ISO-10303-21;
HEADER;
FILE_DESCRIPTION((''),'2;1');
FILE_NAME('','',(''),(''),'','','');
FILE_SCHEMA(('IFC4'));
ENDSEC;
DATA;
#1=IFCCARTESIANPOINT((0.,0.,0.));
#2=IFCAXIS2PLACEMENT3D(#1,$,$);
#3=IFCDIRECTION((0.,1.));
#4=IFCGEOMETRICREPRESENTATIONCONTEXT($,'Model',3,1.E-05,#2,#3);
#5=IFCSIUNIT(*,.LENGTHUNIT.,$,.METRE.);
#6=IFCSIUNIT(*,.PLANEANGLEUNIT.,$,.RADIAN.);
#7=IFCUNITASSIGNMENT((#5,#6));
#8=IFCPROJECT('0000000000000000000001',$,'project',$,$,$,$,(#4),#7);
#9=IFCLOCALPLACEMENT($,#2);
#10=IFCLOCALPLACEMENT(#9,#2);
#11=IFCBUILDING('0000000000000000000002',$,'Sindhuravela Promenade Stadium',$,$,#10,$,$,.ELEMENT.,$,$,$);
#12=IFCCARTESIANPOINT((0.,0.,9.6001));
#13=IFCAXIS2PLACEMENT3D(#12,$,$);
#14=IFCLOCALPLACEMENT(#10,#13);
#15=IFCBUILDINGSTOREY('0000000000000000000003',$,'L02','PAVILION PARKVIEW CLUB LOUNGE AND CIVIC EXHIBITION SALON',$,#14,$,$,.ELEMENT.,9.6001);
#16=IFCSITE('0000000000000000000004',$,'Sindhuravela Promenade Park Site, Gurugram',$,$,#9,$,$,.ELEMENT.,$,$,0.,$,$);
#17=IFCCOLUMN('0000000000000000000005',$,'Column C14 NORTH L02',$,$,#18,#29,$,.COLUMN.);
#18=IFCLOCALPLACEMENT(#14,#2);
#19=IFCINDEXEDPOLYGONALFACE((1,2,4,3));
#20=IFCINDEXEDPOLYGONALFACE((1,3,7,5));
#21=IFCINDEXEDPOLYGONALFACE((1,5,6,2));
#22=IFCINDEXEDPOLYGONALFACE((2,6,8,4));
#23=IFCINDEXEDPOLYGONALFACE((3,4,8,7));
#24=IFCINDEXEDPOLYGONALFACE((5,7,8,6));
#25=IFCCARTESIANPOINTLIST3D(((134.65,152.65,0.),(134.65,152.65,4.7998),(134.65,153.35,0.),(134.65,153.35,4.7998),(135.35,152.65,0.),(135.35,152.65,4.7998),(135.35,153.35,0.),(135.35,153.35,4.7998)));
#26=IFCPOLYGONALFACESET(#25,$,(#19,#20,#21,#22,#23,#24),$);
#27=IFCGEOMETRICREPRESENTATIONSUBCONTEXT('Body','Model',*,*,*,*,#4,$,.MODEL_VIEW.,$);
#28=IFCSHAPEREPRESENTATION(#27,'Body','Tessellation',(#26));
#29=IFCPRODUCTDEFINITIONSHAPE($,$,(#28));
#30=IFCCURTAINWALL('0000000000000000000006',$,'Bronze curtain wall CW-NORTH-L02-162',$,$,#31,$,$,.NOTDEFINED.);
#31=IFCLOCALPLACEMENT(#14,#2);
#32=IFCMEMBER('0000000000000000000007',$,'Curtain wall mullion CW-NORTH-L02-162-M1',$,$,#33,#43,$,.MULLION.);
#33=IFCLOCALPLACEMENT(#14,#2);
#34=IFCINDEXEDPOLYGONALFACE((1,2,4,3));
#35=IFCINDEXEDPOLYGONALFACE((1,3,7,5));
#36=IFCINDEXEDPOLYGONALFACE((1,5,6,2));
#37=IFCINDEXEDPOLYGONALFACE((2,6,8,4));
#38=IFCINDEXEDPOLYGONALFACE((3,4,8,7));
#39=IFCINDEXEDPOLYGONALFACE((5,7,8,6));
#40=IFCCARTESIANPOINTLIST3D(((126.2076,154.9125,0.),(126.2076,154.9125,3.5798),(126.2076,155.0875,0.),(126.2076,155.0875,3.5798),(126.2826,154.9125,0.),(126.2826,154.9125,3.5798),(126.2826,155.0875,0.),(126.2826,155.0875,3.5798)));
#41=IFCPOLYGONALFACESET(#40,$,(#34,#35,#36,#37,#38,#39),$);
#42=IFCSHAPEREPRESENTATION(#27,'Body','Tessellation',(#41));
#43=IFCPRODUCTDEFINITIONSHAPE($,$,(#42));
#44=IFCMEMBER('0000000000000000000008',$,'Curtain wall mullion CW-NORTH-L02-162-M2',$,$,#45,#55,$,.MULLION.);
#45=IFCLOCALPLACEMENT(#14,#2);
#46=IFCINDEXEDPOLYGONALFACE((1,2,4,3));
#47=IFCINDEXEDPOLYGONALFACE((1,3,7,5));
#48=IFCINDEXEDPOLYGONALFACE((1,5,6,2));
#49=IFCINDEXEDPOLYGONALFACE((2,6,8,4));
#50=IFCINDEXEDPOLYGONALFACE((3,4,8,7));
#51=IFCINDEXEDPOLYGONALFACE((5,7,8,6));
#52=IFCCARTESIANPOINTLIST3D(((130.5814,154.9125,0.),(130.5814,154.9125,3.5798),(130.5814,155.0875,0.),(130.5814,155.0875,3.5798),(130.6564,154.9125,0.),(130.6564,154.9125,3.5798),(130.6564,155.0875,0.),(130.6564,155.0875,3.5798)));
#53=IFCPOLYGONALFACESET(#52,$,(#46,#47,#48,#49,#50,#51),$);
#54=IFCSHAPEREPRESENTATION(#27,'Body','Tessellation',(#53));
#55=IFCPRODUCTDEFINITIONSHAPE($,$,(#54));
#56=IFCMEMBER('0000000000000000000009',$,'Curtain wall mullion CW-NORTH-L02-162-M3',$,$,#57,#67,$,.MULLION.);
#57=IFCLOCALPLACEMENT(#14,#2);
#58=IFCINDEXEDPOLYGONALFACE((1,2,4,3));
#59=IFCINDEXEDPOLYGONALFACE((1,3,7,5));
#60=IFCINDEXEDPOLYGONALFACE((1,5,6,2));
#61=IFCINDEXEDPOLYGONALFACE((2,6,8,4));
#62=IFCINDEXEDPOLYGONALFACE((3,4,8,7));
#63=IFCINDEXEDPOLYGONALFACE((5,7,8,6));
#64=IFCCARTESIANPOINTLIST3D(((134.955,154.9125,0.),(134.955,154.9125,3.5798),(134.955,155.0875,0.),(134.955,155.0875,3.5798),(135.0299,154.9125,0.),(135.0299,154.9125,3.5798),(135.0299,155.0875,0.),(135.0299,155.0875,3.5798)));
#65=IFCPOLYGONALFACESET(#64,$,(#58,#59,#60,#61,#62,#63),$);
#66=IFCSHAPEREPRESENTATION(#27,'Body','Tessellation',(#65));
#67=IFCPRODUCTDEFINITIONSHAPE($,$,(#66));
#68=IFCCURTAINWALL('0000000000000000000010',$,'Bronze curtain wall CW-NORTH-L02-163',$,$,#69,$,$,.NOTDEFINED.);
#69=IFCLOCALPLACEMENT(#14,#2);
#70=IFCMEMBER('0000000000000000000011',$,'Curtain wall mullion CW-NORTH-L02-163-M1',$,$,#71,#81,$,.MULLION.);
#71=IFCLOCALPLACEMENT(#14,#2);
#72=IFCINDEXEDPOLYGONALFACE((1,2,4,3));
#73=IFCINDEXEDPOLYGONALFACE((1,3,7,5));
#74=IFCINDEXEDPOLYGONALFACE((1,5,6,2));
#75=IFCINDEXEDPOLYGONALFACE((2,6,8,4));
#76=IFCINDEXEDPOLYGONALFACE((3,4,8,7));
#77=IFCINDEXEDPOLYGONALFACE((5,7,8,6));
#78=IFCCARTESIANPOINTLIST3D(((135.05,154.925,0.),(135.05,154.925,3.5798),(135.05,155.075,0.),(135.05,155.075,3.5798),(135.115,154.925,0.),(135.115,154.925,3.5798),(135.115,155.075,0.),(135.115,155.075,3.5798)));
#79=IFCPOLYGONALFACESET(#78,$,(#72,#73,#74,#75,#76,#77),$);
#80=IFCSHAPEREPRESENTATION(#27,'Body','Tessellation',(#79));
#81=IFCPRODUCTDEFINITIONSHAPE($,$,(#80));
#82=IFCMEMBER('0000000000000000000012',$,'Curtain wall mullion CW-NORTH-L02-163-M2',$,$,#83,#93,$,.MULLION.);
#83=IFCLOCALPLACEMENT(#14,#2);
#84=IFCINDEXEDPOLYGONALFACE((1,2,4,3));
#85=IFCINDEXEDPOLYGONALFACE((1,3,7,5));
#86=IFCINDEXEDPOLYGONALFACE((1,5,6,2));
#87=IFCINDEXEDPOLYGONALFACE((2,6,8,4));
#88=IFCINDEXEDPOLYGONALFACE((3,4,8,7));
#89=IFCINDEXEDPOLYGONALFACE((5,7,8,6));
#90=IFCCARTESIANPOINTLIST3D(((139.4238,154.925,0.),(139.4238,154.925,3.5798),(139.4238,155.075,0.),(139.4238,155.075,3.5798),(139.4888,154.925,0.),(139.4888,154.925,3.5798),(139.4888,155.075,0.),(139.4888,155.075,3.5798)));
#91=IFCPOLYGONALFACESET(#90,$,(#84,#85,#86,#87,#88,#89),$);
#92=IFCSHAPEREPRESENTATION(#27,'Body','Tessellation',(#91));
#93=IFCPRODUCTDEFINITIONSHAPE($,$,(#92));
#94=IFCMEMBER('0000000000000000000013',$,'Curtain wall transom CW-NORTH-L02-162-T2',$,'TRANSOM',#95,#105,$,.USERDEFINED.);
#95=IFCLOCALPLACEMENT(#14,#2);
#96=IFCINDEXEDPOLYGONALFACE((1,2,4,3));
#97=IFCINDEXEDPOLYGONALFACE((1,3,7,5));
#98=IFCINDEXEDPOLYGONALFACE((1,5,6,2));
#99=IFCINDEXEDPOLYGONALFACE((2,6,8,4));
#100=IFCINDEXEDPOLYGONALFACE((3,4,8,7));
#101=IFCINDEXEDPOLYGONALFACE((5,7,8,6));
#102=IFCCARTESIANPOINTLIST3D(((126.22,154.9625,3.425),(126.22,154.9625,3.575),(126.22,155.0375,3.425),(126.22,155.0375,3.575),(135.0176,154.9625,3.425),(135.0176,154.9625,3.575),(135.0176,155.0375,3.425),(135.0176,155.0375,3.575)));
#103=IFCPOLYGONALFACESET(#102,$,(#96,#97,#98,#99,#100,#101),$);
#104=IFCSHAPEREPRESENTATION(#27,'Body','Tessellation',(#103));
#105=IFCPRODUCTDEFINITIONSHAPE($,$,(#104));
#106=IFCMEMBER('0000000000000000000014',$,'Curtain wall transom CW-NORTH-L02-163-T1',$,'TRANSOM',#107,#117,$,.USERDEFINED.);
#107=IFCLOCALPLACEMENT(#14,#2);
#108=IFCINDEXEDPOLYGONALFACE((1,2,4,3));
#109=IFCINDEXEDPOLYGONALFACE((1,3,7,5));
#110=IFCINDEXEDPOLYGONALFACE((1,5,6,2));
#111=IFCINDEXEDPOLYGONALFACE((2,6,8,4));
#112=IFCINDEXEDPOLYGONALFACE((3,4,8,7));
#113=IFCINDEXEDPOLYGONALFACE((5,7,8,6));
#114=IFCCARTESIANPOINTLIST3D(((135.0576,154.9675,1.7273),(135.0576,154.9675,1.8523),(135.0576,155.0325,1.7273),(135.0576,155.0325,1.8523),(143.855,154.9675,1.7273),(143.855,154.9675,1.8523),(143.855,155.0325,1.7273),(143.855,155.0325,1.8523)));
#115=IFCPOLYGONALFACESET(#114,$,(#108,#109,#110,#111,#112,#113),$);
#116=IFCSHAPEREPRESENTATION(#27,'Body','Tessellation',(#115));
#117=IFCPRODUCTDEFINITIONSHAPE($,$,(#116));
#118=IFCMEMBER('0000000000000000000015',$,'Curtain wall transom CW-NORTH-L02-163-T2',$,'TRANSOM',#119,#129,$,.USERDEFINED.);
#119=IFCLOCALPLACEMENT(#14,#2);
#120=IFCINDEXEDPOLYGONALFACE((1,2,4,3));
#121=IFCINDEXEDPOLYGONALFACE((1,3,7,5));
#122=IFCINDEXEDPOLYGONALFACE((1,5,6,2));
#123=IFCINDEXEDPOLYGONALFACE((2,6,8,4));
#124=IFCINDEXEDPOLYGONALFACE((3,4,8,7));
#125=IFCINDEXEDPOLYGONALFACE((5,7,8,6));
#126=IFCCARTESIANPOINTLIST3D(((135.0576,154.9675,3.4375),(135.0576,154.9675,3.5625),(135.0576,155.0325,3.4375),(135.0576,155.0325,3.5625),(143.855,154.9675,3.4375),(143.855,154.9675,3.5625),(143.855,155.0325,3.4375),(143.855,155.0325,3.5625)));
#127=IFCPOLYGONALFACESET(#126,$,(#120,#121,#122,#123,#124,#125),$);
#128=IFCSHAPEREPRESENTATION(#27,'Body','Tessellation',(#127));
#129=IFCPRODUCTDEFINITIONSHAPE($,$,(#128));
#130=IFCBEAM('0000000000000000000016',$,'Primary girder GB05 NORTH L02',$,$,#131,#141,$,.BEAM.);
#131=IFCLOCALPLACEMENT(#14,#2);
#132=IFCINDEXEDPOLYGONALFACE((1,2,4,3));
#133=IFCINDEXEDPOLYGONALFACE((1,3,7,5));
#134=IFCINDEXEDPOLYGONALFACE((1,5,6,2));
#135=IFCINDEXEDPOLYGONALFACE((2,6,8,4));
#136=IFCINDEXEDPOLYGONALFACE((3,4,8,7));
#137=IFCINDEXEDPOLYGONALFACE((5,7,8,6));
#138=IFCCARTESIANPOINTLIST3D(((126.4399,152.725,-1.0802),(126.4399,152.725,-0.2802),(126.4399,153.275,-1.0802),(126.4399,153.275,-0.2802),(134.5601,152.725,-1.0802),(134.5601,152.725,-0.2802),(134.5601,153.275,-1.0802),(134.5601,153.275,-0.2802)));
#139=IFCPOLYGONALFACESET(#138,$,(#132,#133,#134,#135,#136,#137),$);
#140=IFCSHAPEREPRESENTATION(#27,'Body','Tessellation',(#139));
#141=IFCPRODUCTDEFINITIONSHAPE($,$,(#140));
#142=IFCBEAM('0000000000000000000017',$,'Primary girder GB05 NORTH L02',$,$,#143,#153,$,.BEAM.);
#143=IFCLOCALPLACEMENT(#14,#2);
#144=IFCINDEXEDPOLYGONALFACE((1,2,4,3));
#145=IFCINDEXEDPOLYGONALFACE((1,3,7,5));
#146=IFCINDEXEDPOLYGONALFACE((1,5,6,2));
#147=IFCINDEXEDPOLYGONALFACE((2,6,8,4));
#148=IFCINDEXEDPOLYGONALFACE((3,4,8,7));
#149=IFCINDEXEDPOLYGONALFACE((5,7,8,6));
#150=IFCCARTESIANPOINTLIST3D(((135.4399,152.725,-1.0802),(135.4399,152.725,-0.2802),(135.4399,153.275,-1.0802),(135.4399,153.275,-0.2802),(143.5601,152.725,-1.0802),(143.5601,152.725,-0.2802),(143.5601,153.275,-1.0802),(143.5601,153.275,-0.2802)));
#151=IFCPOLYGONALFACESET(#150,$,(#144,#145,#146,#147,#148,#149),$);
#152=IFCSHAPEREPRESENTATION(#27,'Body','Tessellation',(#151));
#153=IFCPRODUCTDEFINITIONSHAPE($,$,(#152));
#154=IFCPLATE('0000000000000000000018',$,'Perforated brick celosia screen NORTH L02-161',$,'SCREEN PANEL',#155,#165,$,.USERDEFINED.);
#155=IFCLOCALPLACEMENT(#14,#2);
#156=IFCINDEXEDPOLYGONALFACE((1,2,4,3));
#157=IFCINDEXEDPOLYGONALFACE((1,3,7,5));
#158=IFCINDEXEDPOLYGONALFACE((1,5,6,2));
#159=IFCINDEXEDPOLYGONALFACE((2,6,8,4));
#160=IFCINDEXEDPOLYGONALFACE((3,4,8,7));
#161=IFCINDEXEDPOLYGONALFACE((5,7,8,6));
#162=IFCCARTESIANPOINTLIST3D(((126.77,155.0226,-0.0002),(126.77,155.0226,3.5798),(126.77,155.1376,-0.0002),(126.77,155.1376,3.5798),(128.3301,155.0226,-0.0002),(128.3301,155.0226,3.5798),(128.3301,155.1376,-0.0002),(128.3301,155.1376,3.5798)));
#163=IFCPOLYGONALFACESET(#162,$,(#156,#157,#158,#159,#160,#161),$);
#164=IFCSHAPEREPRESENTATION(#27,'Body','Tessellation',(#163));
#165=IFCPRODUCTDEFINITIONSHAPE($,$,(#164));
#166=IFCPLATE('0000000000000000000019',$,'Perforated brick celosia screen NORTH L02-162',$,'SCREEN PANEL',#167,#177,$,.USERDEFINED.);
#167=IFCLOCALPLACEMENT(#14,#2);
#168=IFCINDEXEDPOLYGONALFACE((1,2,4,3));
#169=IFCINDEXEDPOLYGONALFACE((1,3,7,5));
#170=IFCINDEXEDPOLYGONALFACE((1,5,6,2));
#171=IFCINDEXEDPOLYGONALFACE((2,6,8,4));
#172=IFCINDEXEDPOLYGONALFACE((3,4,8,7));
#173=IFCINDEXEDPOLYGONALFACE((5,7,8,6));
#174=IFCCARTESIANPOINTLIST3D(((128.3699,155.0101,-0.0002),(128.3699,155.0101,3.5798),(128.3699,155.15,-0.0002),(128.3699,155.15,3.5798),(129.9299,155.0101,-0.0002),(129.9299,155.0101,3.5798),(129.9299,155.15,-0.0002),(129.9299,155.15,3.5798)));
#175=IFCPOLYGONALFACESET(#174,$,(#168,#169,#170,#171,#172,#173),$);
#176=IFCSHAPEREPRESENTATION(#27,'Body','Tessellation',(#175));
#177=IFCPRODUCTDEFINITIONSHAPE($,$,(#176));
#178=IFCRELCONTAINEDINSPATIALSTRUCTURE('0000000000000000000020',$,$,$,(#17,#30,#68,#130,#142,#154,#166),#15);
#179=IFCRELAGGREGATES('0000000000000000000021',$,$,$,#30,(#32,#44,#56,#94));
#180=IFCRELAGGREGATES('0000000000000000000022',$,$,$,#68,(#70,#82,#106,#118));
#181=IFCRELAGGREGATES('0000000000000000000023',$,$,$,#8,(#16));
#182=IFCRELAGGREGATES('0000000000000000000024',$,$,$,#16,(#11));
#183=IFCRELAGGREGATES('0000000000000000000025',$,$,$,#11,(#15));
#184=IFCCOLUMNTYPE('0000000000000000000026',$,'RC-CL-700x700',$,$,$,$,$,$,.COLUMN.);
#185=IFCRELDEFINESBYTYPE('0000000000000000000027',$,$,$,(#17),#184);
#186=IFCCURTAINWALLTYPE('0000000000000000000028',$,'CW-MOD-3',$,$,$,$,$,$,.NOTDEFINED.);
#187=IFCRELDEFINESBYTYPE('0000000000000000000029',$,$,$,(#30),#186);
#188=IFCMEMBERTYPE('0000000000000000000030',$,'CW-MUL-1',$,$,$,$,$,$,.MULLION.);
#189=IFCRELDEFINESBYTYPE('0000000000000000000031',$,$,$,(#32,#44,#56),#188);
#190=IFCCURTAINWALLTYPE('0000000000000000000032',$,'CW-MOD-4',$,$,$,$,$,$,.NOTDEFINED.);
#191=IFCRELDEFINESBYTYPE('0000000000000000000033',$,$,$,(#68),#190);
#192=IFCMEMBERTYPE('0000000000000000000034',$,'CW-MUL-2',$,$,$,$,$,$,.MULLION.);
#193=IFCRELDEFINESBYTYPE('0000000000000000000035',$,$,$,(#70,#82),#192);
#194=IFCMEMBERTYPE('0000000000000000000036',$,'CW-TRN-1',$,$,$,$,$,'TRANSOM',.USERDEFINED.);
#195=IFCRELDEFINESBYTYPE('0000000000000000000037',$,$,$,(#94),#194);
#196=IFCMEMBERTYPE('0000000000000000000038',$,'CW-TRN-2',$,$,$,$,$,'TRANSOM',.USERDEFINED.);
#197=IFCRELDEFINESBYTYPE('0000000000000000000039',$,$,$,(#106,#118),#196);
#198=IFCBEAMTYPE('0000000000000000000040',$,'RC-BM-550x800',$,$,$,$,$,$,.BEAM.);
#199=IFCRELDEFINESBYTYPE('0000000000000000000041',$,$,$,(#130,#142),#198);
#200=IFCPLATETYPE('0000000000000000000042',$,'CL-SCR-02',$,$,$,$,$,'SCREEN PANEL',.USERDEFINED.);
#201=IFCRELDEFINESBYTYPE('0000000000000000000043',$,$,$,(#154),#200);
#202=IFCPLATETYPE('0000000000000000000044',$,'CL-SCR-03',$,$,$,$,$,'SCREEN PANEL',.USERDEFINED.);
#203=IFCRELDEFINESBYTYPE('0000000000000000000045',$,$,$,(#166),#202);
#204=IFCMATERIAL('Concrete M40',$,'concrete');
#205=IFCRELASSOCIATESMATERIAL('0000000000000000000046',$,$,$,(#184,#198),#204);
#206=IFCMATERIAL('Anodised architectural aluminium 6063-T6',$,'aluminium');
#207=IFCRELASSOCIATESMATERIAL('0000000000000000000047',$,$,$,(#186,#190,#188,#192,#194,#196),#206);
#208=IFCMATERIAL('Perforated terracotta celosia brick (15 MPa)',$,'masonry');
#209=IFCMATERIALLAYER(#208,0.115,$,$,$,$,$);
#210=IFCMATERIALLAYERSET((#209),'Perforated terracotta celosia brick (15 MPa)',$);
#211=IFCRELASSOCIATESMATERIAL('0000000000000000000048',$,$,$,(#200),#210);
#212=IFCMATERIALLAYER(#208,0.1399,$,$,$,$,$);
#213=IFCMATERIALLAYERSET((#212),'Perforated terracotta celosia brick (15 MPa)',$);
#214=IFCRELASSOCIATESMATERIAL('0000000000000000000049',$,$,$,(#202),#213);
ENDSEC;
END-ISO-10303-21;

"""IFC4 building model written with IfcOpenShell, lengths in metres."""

from ifc_helpers import new_model, si_unit, direction, frame, origin, origin_2d, place, context, subcontext, project, spatial, rectangle, extrude, material, layer, layer_set, material_profile, profile_set, type_object, element, aggregate, save


model = new_model("IFC4")

# Units and contexts
model_context = context("Model", 3, precision=1e-05, world=origin(), true_north=direction((0.0, 1.0)))
body_context = subcontext(model_context, "Body", "Model", "MODEL_VIEW")
ifc_project = project(units=[si_unit("LENGTHUNIT", "METRE"), si_unit("PLANEANGLEUNIT", "RADIAN")], contexts=[model_context])

# Site, building, storey
site_placement = place(None, origin())
site = spatial("IfcSite", under=ifc_project, at=site_placement, Name="Sindhuravela Promenade Park Site, Gurugram", CompositionType="ELEMENT", RefElevation=0.0)
building_placement = place(site_placement, origin())
building = spatial("IfcBuilding", under=site, at=building_placement, Name="Sindhuravela Promenade Stadium", CompositionType="ELEMENT")
storey_placement = place(building_placement, frame((0.0, 0.0, 9.6001)))
storey = spatial("IfcBuildingStorey", under=building, at=storey_placement, Name="L02", Description="PAVILION PARKVIEW CLUB LOUNGE AND CIVIC EXHIBITION SALON", CompositionType="ELEMENT", Elevation=9.6001)

# Column
ifc_material_1 = material(Name="Concrete M40", Category="concrete")
ifc_material_profile_1 = material_profile(ifc_material_1, rectangle(XDim=0.7, YDim=0.7, at=origin_2d()), Name="RC 700x700")
ifc_profile_set_1 = profile_set([ifc_material_profile_1], Name="Concrete M40")
column_type = type_object("IfcColumnType", Name="RC-CL-700x700", PredefinedType="COLUMN", material=ifc_profile_set_1)
column_placement = place(storey_placement, frame((135.0, 153.0, 0.0), z_axis=(0.0, 0.0, 1.0), x_axis=(1.0, 0.0, 0.0)))
element("IfcColumn", 1, at=column_placement, inside=storey, type_object=column_type, Name="Column C14 NORTH L02", PredefinedType="COLUMN", context=body_context, shape_type="SweptSolid", body=[
    extrude(rectangle(XDim=0.7, YDim=0.7, at=origin_2d()), origin(), (0.0, 0.0, 1.0), 4.7998),
])

# Curtain walls, members
ifc_material_2 = material(Name="Anodised architectural aluminium 6063-T6", Category="aluminium")
curtain_wall_type_1 = type_object("IfcCurtainWallType", Name="CW-MOD-3", PredefinedType="NOTDEFINED", material=ifc_material_2)
curtain_wall_1_placement = place(storey_placement, origin())
curtain_wall_1 = element("IfcCurtainWall", 2, at=curtain_wall_1_placement, inside=storey, type_object=curtain_wall_type_1, Name="Bronze curtain wall CW-NORTH-L02-162", PredefinedType="NOTDEFINED")
ifc_material_profile_2 = material_profile(ifc_material_2, rectangle(XDim=0.075, YDim=0.175, at=origin_2d()), Name="ALU MULL 75x175")
ifc_profile_set_2 = profile_set([ifc_material_profile_2], Name="Anodised architectural aluminium 6063-T6")
member_type_1 = type_object("IfcMemberType", Name="CW-MUL-1", PredefinedType="MULLION", material=ifc_profile_set_2)
member_1_placement = place(storey_placement, frame((126.2451, 155.0, 0.0), z_axis=(0.0, 0.0, 1.0), x_axis=(1.0, 0.0, 0.0)))
member_1 = element("IfcMember", 3, at=member_1_placement, type_object=member_type_1, Name="Curtain wall mullion CW-NORTH-L02-162-M1", PredefinedType="MULLION", context=body_context, shape_type="SweptSolid", body=[
    extrude(rectangle(XDim=0.075, YDim=0.175, at=origin_2d()), origin(), (0.0, 0.0, 1.0), 3.5798),
])
member_2_placement = place(storey_placement, frame((130.6189, 155.0, 0.0), z_axis=(0.0, 0.0, 1.0), x_axis=(1.0, 0.0, 0.0)))
member_2 = element("IfcMember", 4, at=member_2_placement, type_object=member_type_1, Name="Curtain wall mullion CW-NORTH-L02-162-M2", PredefinedType="MULLION", context=body_context, shape_type="SweptSolid", body=[
    extrude(rectangle(XDim=0.075, YDim=0.175, at=origin_2d()), origin(), (0.0, 0.0, 1.0), 3.5798),
])
member_3_placement = place(storey_placement, frame((134.9924, 155.0, 0.0), z_axis=(0.0, 0.0, 1.0), x_axis=(1.0, 0.0, 0.0)))
member_3 = element("IfcMember", 5, at=member_3_placement, type_object=member_type_1, Name="Curtain wall mullion CW-NORTH-L02-162-M3", PredefinedType="MULLION", context=body_context, shape_type="SweptSolid", body=[
    extrude(rectangle(XDim=0.075, YDim=0.175, at=origin_2d()), origin(), (0.0, 0.0, 1.0), 3.5798),
])
curtain_wall_type_2 = type_object("IfcCurtainWallType", Name="CW-MOD-4", PredefinedType="NOTDEFINED", material=ifc_material_2)
curtain_wall_2_placement = place(storey_placement, origin())
curtain_wall_2 = element("IfcCurtainWall", 6, at=curtain_wall_2_placement, inside=storey, type_object=curtain_wall_type_2, Name="Bronze curtain wall CW-NORTH-L02-163", PredefinedType="NOTDEFINED")
ifc_material_profile_3 = material_profile(ifc_material_2, rectangle(XDim=0.0649, YDim=0.1499, at=origin_2d()), Name="ALU MULL 65x150")
ifc_profile_set_3 = profile_set([ifc_material_profile_3], Name="Anodised architectural aluminium 6063-T6")
member_type_2 = type_object("IfcMemberType", Name="CW-MUL-2", PredefinedType="MULLION", material=ifc_profile_set_3)
member_4_placement = place(storey_placement, frame((135.0825, 155.0, 0.0), z_axis=(0.0, 0.0, 1.0), x_axis=(1.0, 0.0, 0.0)))
member_4 = element("IfcMember", 7, at=member_4_placement, type_object=member_type_2, Name="Curtain wall mullion CW-NORTH-L02-163-M1", PredefinedType="MULLION", context=body_context, shape_type="SweptSolid", body=[
    extrude(rectangle(XDim=0.0649, YDim=0.1499, at=origin_2d()), origin(), (0.0, 0.0, 1.0), 3.5798),
])
member_5_placement = place(storey_placement, frame((139.4563, 155.0, 0.0), z_axis=(0.0, 0.0, 1.0), x_axis=(1.0, 0.0, 0.0)))
member_5 = element("IfcMember", 8, at=member_5_placement, type_object=member_type_2, Name="Curtain wall mullion CW-NORTH-L02-163-M2", PredefinedType="MULLION", context=body_context, shape_type="SweptSolid", body=[
    extrude(rectangle(XDim=0.0649, YDim=0.1499, at=origin_2d()), origin(), (0.0, 0.0, 1.0), 3.5798),
])

# Members
ifc_material_profile_4 = material_profile(ifc_material_2, rectangle(XDim=0.075, YDim=0.1499, at=origin_2d()), Name="ALU TRAN 75x150")
ifc_profile_set_4 = profile_set([ifc_material_profile_4], Name="Anodised architectural aluminium 6063-T6")
member_type_3 = type_object("IfcMemberType", Name="CW-TRN-1", ElementType="TRANSOM", PredefinedType="USERDEFINED", material=ifc_profile_set_4)
member_6_placement = place(storey_placement, frame((126.22, 155.0, 3.5), z_axis=(1.0, 0.0, 0.0), x_axis=(0.0, 1.0, 0.0)))
member_6 = element("IfcMember", 9, at=member_6_placement, type_object=member_type_3, Name="Curtain wall transom CW-NORTH-L02-162-T2", ObjectType="TRANSOM", PredefinedType="USERDEFINED", context=body_context, shape_type="SweptSolid", body=[
    extrude(rectangle(XDim=0.075, YDim=0.1499, at=origin_2d()), origin(), (0.0, 0.0, 1.0), 8.7976),
])
ifc_material_profile_5 = material_profile(ifc_material_2, rectangle(XDim=0.0649, YDim=0.125, at=origin_2d()), Name="ALU TRAN 65x125")
ifc_profile_set_5 = profile_set([ifc_material_profile_5], Name="Anodised architectural aluminium 6063-T6")
member_type_4 = type_object("IfcMemberType", Name="CW-TRN-2", ElementType="TRANSOM", PredefinedType="USERDEFINED", material=ifc_profile_set_5)
member_7_placement = place(storey_placement, frame((135.0576, 155.0, 1.7898), z_axis=(1.0, 0.0, 0.0), x_axis=(0.0, 1.0, 0.0)))
member_7 = element("IfcMember", 10, at=member_7_placement, type_object=member_type_4, Name="Curtain wall transom CW-NORTH-L02-163-T1", ObjectType="TRANSOM", PredefinedType="USERDEFINED", context=body_context, shape_type="SweptSolid", body=[
    extrude(rectangle(XDim=0.0649, YDim=0.125, at=origin_2d()), origin(), (0.0, 0.0, 1.0), 8.7974),
])
member_8_placement = place(storey_placement, frame((135.0576, 155.0, 3.5), z_axis=(1.0, 0.0, 0.0), x_axis=(0.0, 1.0, 0.0)))
member_8 = element("IfcMember", 11, at=member_8_placement, type_object=member_type_4, Name="Curtain wall transom CW-NORTH-L02-163-T2", ObjectType="TRANSOM", PredefinedType="USERDEFINED", context=body_context, shape_type="SweptSolid", body=[
    extrude(rectangle(XDim=0.0649, YDim=0.125, at=origin_2d()), origin(), (0.0, 0.0, 1.0), 8.7974),
])

# Beams
ifc_material_profile_6 = material_profile(ifc_material_1, rectangle(XDim=0.55, YDim=0.8, at=origin_2d()), Name="RC 550x800")
ifc_profile_set_6 = profile_set([ifc_material_profile_6], Name="Concrete M40")
beam_type = type_object("IfcBeamType", Name="RC-BM-550x800", PredefinedType="BEAM", material=ifc_profile_set_6)
for number, where, z_axis, x_axis, name in (
    (12, (126.4399, 153.0, -0.6802), (1.0, 0.0, 0.0), (0.0, 1.0, 0.0), "Primary girder GB05 NORTH L02"),
    (13, (135.4399, 153.0, -0.6802), (1.0, 0.0, 0.0), (0.0, 1.0, 0.0), "Primary girder GB05 NORTH L02"),
):
    element("IfcBeam", number, at=place(storey_placement, frame(where, z_axis=z_axis, x_axis=x_axis)), inside=storey, type_object=beam_type, Name=name, PredefinedType="BEAM", context=body_context, shape_type="SweptSolid", body=[
        extrude(rectangle(XDim=0.55, YDim=0.8, at=origin_2d()), origin(), (0.0, 0.0, 1.0), 8.1201),
    ])

# Plates
ifc_material_3 = material(Name="Perforated terracotta celosia brick (15 MPa)", Category="masonry")
ifc_layer_1 = layer(ifc_material_3, 0.115)
ifc_layer_set_1 = layer_set([ifc_layer_1], Name="Perforated terracotta celosia brick (15 MPa)")
plate_type_1 = type_object("IfcPlateType", Name="CL-SCR-02", ElementType="SCREEN PANEL", PredefinedType="USERDEFINED", material=ifc_layer_set_1)
plate_1_placement = place(storey_placement, frame((127.55, 155.0801, -0.0002), z_axis=(0.0, 0.0, 1.0), x_axis=(1.0, 0.0, 0.0)))
element("IfcPlate", 14, at=plate_1_placement, inside=storey, type_object=plate_type_1, Name="Perforated brick celosia screen NORTH L02-161", ObjectType="SCREEN PANEL", PredefinedType="USERDEFINED", context=body_context, shape_type="SweptSolid", body=[
    extrude(rectangle(XDim=1.5601, YDim=0.115, at=origin_2d()), origin(), (0.0, 0.0, 1.0), 3.5801),
])
ifc_layer_2 = layer(ifc_material_3, 0.1399)
ifc_layer_set_2 = layer_set([ifc_layer_2], Name="Perforated terracotta celosia brick (15 MPa)")
plate_type_2 = type_object("IfcPlateType", Name="CL-SCR-03", ElementType="SCREEN PANEL", PredefinedType="USERDEFINED", material=ifc_layer_set_2)
plate_2_placement = place(storey_placement, frame((129.1499, 155.0801, -0.0002), z_axis=(0.0, 0.0, 1.0), x_axis=(1.0, 0.0, 0.0)))
element("IfcPlate", 15, at=plate_2_placement, inside=storey, type_object=plate_type_2, Name="Perforated brick celosia screen NORTH L02-162", ObjectType="SCREEN PANEL", PredefinedType="USERDEFINED", context=body_context, shape_type="SweptSolid", body=[
    extrude(rectangle(XDim=1.5601, YDim=0.1399, at=origin_2d()), origin(), (0.0, 0.0, 1.0), 3.5801),
])

aggregate(curtain_wall_1, [member_1, member_2, member_3, member_6])
aggregate(curtain_wall_2, [member_4, member_5, member_7, member_8])

save(model, "model.ifc")
